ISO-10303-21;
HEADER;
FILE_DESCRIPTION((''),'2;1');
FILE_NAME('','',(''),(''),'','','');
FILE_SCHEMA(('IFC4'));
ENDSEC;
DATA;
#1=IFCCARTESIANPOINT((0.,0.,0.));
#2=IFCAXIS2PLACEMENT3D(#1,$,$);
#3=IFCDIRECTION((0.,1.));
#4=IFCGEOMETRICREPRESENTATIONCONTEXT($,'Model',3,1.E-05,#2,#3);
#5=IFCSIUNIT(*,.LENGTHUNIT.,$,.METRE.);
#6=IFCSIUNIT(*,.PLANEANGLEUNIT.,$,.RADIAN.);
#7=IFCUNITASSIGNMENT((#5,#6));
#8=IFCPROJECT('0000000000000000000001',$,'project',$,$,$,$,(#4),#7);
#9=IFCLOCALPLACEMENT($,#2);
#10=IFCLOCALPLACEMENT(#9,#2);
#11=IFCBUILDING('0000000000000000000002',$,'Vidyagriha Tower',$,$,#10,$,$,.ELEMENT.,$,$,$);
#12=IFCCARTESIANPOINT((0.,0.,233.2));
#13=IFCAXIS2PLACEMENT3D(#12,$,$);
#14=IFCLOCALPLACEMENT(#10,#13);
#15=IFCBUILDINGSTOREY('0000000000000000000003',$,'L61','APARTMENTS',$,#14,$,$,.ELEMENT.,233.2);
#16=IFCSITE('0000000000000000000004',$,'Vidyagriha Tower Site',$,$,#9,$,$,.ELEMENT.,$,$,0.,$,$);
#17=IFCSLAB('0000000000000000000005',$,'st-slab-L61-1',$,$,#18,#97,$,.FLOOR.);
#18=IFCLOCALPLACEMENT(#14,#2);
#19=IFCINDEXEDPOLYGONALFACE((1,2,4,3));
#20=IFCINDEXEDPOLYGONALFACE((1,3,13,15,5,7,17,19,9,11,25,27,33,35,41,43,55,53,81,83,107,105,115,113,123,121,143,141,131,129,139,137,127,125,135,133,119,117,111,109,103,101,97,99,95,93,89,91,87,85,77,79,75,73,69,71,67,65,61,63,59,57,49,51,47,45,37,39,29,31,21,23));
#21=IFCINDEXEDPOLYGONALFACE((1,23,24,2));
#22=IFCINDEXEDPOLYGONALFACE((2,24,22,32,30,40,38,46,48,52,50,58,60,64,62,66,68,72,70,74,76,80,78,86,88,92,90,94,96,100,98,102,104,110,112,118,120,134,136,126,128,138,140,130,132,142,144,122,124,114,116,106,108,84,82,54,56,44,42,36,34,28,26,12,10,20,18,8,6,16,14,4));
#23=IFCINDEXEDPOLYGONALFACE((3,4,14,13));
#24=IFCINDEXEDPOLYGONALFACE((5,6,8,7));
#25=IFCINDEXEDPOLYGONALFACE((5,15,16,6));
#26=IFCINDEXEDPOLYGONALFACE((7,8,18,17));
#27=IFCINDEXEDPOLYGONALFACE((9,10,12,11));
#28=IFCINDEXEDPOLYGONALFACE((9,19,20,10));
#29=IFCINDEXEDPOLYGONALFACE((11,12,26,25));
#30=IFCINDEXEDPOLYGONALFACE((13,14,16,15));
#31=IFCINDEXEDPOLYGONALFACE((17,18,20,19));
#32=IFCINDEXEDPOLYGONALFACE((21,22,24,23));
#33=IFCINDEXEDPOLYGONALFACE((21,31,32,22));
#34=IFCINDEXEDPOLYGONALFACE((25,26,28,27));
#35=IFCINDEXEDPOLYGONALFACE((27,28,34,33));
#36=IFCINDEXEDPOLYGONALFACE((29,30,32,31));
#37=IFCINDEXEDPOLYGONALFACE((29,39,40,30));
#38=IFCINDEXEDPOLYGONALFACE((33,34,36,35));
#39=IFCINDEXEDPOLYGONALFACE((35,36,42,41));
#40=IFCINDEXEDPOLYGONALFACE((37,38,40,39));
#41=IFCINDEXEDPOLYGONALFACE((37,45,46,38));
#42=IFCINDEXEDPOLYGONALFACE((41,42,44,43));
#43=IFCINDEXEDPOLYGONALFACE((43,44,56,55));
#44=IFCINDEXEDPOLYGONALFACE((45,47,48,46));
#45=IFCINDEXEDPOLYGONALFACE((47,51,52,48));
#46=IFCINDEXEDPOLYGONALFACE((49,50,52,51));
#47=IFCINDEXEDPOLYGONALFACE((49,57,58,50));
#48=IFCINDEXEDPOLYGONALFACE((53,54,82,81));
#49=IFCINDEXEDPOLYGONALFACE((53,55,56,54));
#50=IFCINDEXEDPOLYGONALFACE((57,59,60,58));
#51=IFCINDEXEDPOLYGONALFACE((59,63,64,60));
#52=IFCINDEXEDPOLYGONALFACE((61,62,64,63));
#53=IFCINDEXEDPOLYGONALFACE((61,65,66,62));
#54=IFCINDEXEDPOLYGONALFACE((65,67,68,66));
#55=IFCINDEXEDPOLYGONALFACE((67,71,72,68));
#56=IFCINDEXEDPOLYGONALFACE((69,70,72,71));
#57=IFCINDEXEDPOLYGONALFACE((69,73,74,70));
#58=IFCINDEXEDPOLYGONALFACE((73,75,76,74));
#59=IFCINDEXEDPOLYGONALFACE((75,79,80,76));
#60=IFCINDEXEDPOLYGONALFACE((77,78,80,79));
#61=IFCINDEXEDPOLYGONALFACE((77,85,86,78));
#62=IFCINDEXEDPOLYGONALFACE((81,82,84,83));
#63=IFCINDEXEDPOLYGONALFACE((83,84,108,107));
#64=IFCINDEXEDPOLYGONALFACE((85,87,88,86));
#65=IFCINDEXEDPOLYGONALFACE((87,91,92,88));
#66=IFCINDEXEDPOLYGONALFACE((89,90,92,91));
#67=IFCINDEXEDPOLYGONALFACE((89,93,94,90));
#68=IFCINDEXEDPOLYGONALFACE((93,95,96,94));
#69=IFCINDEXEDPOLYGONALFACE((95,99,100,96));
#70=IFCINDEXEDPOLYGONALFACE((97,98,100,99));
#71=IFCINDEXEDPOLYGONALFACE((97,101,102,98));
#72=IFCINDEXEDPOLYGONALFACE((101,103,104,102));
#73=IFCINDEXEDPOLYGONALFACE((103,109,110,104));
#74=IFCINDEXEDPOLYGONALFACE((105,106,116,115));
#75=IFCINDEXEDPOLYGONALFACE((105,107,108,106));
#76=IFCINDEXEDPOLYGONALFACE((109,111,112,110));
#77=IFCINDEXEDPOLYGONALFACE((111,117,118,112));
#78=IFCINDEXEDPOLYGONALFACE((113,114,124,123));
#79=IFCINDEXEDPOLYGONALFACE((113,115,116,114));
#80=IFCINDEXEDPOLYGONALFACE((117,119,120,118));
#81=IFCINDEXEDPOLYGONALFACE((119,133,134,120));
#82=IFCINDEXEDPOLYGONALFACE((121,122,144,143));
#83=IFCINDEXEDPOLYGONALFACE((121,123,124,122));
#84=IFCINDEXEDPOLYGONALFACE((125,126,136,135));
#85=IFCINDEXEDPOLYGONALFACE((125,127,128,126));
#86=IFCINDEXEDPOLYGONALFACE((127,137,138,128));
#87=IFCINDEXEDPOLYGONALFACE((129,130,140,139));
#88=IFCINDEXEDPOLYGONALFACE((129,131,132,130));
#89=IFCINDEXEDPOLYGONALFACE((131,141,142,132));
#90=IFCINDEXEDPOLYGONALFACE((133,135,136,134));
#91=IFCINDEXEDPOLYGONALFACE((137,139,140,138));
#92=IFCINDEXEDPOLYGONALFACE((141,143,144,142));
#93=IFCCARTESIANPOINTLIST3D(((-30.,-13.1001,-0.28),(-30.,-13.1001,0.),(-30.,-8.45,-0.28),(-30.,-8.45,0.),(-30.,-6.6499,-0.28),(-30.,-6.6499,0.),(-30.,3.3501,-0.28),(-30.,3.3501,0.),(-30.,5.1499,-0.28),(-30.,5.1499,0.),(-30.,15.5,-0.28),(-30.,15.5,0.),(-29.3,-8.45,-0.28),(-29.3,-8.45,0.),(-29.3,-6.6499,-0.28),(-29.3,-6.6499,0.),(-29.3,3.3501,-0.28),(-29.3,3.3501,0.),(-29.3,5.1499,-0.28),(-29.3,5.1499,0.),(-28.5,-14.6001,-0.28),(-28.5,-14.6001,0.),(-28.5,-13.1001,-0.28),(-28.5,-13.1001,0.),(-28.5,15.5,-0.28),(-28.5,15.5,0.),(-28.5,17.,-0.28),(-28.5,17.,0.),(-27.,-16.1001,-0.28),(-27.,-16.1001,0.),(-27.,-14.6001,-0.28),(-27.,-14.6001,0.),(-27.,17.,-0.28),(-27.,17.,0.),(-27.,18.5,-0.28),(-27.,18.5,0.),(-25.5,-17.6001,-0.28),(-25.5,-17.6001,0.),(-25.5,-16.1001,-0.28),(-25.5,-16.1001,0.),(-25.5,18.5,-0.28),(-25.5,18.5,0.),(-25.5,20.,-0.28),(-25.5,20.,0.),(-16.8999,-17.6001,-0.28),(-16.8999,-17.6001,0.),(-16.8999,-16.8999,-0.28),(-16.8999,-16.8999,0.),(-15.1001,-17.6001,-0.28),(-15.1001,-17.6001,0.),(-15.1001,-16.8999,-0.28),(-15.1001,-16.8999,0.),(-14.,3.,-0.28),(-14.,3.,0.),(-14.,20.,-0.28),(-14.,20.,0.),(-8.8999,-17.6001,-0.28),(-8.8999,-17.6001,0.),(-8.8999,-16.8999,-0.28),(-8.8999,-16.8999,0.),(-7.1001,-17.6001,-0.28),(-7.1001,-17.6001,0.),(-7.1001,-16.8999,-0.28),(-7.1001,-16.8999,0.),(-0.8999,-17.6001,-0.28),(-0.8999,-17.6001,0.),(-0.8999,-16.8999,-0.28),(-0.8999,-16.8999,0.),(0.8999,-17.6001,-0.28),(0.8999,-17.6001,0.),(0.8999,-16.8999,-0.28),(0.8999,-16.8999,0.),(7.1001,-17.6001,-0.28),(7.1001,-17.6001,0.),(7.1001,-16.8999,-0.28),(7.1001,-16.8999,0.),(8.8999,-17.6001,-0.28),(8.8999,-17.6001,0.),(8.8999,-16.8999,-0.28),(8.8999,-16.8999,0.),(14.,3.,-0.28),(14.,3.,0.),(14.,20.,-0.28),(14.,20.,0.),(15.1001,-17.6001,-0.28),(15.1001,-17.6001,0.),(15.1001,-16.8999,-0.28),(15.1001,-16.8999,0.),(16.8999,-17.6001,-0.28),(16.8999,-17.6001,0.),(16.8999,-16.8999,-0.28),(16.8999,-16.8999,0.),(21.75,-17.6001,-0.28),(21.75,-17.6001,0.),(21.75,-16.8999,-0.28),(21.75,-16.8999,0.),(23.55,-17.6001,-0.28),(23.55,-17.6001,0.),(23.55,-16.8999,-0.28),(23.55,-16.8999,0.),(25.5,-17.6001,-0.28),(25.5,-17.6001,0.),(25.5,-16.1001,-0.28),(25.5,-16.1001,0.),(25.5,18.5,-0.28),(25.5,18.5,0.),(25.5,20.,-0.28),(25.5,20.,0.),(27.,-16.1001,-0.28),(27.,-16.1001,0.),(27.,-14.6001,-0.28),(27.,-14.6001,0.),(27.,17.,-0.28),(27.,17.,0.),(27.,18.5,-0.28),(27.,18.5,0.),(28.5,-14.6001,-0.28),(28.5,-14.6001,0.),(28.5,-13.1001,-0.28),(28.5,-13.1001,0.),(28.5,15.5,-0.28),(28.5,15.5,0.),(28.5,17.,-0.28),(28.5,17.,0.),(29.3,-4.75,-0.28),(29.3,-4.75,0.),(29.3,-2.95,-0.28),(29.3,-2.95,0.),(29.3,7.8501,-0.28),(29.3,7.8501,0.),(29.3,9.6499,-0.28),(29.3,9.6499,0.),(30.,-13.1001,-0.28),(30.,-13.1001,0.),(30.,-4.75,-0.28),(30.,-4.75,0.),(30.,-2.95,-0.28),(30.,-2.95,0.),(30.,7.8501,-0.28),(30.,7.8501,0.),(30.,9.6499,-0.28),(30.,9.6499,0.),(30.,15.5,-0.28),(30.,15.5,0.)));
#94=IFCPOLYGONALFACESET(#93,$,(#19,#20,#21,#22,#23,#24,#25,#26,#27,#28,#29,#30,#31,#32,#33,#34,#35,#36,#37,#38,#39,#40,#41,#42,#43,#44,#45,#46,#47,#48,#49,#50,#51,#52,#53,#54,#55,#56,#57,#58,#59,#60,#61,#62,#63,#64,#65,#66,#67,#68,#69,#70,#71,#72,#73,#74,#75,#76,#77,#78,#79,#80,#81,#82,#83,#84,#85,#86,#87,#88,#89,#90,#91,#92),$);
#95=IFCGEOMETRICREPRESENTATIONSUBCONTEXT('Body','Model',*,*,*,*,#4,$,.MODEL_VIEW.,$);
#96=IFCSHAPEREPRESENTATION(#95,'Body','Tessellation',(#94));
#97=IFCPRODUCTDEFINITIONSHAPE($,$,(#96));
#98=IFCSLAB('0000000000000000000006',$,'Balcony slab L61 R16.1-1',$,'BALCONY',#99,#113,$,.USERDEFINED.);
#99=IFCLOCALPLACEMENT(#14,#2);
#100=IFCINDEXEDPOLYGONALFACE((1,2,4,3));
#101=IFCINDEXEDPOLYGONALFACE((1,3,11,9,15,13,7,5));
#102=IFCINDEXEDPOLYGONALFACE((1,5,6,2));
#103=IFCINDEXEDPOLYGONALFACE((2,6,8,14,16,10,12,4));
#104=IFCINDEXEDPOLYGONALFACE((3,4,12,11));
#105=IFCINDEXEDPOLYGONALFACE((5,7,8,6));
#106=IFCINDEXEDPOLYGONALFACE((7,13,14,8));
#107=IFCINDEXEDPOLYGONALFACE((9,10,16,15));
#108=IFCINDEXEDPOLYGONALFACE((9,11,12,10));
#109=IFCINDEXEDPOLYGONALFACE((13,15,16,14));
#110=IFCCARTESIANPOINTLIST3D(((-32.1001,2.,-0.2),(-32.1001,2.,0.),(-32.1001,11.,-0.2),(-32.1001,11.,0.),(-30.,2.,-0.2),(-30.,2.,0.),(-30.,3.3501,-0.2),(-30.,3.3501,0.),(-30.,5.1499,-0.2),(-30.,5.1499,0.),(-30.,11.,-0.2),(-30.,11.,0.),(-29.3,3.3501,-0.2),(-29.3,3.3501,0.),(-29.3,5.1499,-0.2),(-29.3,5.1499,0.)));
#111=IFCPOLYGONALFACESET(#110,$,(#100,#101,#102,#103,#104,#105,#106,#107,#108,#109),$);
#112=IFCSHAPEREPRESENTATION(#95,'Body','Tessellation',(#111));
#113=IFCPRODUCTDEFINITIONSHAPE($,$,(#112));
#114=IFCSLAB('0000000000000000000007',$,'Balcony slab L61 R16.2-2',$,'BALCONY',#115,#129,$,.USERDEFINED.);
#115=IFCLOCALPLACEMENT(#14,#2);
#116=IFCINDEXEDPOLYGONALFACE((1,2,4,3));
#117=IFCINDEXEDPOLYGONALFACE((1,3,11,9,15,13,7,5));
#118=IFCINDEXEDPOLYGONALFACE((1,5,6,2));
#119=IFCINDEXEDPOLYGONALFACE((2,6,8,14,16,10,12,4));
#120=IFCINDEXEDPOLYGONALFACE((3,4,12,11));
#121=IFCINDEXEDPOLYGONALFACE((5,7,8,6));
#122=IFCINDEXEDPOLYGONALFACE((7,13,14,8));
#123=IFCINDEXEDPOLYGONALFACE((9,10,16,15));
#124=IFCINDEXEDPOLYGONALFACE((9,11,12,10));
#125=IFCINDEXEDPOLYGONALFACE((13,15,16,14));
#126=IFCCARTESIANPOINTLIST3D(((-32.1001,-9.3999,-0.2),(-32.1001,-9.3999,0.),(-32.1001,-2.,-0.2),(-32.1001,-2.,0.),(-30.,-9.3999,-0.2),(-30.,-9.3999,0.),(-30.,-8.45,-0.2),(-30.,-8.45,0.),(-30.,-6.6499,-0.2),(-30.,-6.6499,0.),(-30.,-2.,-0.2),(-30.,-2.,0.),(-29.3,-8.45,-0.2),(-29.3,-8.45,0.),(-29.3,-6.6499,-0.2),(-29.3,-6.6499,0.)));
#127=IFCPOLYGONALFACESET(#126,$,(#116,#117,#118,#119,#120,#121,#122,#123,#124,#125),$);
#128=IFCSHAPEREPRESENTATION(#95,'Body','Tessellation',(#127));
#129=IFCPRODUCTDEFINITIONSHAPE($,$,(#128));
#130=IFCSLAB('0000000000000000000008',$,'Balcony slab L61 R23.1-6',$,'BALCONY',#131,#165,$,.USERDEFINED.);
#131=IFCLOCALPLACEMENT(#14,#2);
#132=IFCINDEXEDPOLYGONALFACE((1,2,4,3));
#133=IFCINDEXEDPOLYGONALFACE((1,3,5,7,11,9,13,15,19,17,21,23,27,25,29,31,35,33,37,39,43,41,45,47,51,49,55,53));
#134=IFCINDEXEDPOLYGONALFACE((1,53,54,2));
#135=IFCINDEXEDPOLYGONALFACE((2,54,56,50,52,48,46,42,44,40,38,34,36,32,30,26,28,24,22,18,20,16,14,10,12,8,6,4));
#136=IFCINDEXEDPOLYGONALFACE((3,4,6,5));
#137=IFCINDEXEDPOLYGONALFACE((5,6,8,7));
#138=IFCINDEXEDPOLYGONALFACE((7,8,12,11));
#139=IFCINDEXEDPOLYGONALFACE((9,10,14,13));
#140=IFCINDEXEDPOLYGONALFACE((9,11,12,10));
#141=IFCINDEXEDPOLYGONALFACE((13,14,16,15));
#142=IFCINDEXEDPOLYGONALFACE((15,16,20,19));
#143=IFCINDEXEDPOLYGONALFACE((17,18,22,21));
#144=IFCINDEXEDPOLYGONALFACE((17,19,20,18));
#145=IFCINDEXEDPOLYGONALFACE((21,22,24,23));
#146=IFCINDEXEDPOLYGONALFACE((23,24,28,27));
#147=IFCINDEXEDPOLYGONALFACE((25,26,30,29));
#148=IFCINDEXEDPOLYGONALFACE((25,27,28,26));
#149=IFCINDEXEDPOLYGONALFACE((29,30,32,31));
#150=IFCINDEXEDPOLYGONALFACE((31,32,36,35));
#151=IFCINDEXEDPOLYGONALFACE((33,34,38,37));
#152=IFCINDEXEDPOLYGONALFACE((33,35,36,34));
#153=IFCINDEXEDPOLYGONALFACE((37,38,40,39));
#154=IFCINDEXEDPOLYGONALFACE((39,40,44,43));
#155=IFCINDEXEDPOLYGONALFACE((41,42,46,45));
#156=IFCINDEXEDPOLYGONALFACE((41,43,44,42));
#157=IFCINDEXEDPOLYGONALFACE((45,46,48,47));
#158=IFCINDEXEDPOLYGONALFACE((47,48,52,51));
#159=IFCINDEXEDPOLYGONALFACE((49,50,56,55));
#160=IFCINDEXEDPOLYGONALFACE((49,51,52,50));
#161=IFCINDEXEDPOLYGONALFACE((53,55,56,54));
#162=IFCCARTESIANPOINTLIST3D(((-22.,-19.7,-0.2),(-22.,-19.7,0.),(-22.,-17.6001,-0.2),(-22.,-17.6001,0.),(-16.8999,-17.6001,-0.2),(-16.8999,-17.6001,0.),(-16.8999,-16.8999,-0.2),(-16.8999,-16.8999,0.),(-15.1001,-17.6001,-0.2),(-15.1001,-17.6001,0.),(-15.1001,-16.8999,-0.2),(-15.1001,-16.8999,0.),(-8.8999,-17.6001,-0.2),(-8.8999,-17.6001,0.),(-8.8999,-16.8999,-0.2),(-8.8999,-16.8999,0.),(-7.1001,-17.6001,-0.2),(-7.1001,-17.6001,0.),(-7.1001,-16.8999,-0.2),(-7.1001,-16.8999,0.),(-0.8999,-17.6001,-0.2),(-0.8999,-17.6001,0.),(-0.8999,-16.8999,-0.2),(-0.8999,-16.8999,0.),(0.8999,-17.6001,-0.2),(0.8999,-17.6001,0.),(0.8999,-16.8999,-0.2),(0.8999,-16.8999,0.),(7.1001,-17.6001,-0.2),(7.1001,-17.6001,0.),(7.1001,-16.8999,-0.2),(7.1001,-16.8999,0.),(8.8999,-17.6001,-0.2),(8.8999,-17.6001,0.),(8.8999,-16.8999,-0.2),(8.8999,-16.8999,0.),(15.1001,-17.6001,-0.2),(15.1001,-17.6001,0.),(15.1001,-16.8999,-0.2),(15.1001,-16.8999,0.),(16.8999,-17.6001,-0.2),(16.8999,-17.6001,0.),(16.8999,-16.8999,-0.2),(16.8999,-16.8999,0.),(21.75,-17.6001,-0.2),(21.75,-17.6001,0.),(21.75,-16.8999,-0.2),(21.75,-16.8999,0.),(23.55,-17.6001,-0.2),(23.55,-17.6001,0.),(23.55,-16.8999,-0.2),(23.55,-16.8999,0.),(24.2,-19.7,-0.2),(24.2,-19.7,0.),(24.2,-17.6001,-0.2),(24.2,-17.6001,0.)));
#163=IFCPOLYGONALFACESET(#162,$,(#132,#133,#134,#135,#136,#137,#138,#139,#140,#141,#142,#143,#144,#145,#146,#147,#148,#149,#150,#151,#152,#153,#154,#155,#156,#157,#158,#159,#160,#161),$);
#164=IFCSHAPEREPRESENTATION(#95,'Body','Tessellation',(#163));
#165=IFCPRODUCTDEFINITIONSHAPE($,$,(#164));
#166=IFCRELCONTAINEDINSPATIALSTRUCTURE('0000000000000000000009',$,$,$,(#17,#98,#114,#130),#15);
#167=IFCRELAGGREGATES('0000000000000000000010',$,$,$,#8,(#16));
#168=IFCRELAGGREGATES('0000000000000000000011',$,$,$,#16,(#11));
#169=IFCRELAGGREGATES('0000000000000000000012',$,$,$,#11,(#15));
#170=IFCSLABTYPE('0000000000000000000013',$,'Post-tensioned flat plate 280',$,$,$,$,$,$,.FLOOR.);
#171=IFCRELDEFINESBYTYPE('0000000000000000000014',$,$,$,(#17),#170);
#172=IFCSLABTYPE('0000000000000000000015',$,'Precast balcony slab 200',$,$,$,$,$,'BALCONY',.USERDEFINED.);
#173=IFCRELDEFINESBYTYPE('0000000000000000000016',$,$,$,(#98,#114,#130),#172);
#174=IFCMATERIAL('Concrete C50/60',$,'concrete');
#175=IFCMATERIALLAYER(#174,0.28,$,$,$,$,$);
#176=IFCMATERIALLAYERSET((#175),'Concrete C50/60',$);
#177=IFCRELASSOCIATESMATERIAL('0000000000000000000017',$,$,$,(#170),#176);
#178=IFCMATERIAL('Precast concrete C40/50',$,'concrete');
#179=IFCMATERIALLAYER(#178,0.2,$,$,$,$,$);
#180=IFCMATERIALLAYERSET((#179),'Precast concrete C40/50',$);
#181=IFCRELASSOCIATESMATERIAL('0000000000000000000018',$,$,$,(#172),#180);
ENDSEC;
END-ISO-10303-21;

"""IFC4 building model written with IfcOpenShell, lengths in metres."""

from ifc_helpers import new_model, si_unit, direction, frame, origin, place, context, subcontext, project, spatial, polyline, outline, extrude, material, layer, layer_set, type_object, element, save


model = new_model("IFC4")

# Units and contexts
model_context = context("Model", 3, precision=1e-05, world=origin(), true_north=direction((0.0, 1.0)))
body_context = subcontext(model_context, "Body", "Model", "MODEL_VIEW")
ifc_project = project(units=[si_unit("LENGTHUNIT", "METRE"), si_unit("PLANEANGLEUNIT", "RADIAN")], contexts=[model_context])

# Site, building, storey
site_placement = place(None, origin())
site = spatial("IfcSite", under=ifc_project, at=site_placement, Name="Vidyagriha Tower Site", CompositionType="ELEMENT", RefElevation=0.0)
building_placement = place(site_placement, origin())
building = spatial("IfcBuilding", under=site, at=building_placement, Name="Vidyagriha Tower", CompositionType="ELEMENT")
storey_placement = place(building_placement, frame((0.0, 0.0, 233.2)))
storey = spatial("IfcBuildingStorey", under=building, at=storey_placement, Name="L61", Description="APARTMENTS", CompositionType="ELEMENT", Elevation=233.2)

# Slabs
ifc_material_1 = material(Name="Concrete C50/60", Category="concrete")
ifc_layer_1 = layer(ifc_material_1, 0.28)
ifc_layer_set_1 = layer_set([ifc_layer_1], Name="Concrete C50/60")
slab_type_1 = type_object("IfcSlabType", Name="Post-tensioned flat plate 280", PredefinedType="FLOOR", material=ifc_layer_set_1)
slab_1_placement = place(storey_placement, frame((0.0, 0.0, -0.28)))
element("IfcSlab", 1, at=slab_1_placement, inside=storey, type_object=slab_type_1, Name="st-slab-L61-1", PredefinedType="FLOOR", context=body_context, shape_type="SweptSolid", body=[
    extrude(outline(polyline([(28.5, -14.6001), (27.0, -14.6001), (27.0, -16.1001), (25.5, -16.1001), (25.5, -17.6001), (23.55, -17.6001), (23.55, -16.8999), (21.75, -16.8999), (21.75, -17.6001), (16.8999, -17.6001), (16.8999, -16.8999), (15.1001, -16.8999), (15.1001, -17.6001), (8.8999, -17.6001), (8.8999, -16.8999), (7.1001, -16.8999), (7.1001, -17.6001), (0.8999, -17.6001), (0.8999, -16.8999), (-0.8999, -16.8999), (-0.8999, -17.6001), (-7.1001, -17.6001), (-7.1001, -16.8999), (-8.8999, -16.8999), (-8.8999, -17.6001), (-15.1001, -17.6001), (-15.1001, -16.8999), (-16.8999, -16.8999), (-16.8999, -17.6001), (-25.5, -17.6001), (-25.5, -16.1001), (-27.0, -16.1001), (-27.0, -14.6001), (-28.5, -14.6001), (-28.5, -13.1001), (-30.0, -13.1001), (-30.0, -8.45), (-29.3, -8.45), (-29.3, -6.6499), (-30.0, -6.6499), (-30.0, 3.3501), (-29.3, 3.3501), (-29.3, 5.1499), (-30.0, 5.1499), (-30.0, 15.5), (-28.5, 15.5), (-28.5, 17.0), (-27.0, 17.0), (-27.0, 18.5), (-25.5, 18.5), (-25.5, 20.0), (-14.0, 20.0), (-14.0, 3.0), (14.0, 3.0), (14.0, 20.0), (25.5, 20.0), (25.5, 18.5), (27.0, 18.5), (27.0, 17.0), (28.5, 17.0), (28.5, 15.5), (30.0, 15.5), (30.0, 9.6499), (29.3, 9.6499), (29.3, 7.8501), (30.0, 7.8501), (30.0, -2.95), (29.3, -2.95), (29.3, -4.75), (30.0, -4.75), (30.0, -13.1001), (28.5, -13.1001), (28.5, -14.6001)])), origin(), (0.0, 0.0, 1.0), 0.28),
])
ifc_material_2 = material(Name="Precast concrete C40/50", Category="concrete")
ifc_layer_2 = layer(ifc_material_2, 0.2)
ifc_layer_set_2 = layer_set([ifc_layer_2], Name="Precast concrete C40/50")
slab_type_2 = type_object("IfcSlabType", Name="Precast balcony slab 200", ElementType="BALCONY", PredefinedType="USERDEFINED", material=ifc_layer_set_2)
slab_2_placement = place(storey_placement, frame((0.0, 0.0, -0.2)))
element("IfcSlab", 2, at=slab_2_placement, inside=storey, type_object=slab_type_2, Name="Balcony slab L61 R16.1-1", ObjectType="BALCONY", PredefinedType="USERDEFINED", context=body_context, shape_type="SweptSolid", body=[
    extrude(outline(polyline([(-29.3, 3.3501), (-29.3, 5.1499), (-30.0, 5.1499), (-30.0, 11.0), (-32.1001, 11.0), (-32.1001, 2.0), (-30.0, 2.0), (-30.0, 3.3501), (-29.3, 3.3501)])), origin(), (0.0, 0.0, 1.0), 0.2),
])
slab_3_placement = place(storey_placement, frame((0.0, 0.0, -0.2)))
element("IfcSlab", 3, at=slab_3_placement, inside=storey, type_object=slab_type_2, Name="Balcony slab L61 R16.2-2", ObjectType="BALCONY", PredefinedType="USERDEFINED", context=body_context, shape_type="SweptSolid", body=[
    extrude(outline(polyline([(-29.3, -8.45), (-29.3, -6.6499), (-30.0, -6.6499), (-30.0, -2.0), (-32.1001, -2.0), (-32.1001, -9.3999), (-30.0, -9.3999), (-30.0, -8.45), (-29.3, -8.45)])), origin(), (0.0, 0.0, 1.0), 0.2),
])
slab_4_placement = place(storey_placement, frame((0.0, 0.0, -0.2)))
element("IfcSlab", 4, at=slab_4_placement, inside=storey, type_object=slab_type_2, Name="Balcony slab L61 R23.1-6", ObjectType="BALCONY", PredefinedType="USERDEFINED", context=body_context, shape_type="SweptSolid", body=[
    extrude(outline(polyline([(-16.8999, -16.8999), (-16.8999, -17.6001), (-22.0, -17.6001), (-22.0, -19.7), (24.2, -19.7), (24.2, -17.6001), (23.55, -17.6001), (23.55, -16.8999), (21.75, -16.8999), (21.75, -17.6001), (16.8999, -17.6001), (16.8999, -16.8999), (15.1001, -16.8999), (15.1001, -17.6001), (8.8999, -17.6001), (8.8999, -16.8999), (7.1001, -16.8999), (7.1001, -17.6001), (0.8999, -17.6001), (0.8999, -16.8999), (-0.8999, -16.8999), (-0.8999, -17.6001), (-7.1001, -17.6001), (-7.1001, -16.8999), (-8.8999, -16.8999), (-8.8999, -17.6001), (-15.1001, -17.6001), (-15.1001, -16.8999), (-16.8999, -16.8999)])), origin(), (0.0, 0.0, 1.0), 0.2),
])

save(model, "model.ifc")
